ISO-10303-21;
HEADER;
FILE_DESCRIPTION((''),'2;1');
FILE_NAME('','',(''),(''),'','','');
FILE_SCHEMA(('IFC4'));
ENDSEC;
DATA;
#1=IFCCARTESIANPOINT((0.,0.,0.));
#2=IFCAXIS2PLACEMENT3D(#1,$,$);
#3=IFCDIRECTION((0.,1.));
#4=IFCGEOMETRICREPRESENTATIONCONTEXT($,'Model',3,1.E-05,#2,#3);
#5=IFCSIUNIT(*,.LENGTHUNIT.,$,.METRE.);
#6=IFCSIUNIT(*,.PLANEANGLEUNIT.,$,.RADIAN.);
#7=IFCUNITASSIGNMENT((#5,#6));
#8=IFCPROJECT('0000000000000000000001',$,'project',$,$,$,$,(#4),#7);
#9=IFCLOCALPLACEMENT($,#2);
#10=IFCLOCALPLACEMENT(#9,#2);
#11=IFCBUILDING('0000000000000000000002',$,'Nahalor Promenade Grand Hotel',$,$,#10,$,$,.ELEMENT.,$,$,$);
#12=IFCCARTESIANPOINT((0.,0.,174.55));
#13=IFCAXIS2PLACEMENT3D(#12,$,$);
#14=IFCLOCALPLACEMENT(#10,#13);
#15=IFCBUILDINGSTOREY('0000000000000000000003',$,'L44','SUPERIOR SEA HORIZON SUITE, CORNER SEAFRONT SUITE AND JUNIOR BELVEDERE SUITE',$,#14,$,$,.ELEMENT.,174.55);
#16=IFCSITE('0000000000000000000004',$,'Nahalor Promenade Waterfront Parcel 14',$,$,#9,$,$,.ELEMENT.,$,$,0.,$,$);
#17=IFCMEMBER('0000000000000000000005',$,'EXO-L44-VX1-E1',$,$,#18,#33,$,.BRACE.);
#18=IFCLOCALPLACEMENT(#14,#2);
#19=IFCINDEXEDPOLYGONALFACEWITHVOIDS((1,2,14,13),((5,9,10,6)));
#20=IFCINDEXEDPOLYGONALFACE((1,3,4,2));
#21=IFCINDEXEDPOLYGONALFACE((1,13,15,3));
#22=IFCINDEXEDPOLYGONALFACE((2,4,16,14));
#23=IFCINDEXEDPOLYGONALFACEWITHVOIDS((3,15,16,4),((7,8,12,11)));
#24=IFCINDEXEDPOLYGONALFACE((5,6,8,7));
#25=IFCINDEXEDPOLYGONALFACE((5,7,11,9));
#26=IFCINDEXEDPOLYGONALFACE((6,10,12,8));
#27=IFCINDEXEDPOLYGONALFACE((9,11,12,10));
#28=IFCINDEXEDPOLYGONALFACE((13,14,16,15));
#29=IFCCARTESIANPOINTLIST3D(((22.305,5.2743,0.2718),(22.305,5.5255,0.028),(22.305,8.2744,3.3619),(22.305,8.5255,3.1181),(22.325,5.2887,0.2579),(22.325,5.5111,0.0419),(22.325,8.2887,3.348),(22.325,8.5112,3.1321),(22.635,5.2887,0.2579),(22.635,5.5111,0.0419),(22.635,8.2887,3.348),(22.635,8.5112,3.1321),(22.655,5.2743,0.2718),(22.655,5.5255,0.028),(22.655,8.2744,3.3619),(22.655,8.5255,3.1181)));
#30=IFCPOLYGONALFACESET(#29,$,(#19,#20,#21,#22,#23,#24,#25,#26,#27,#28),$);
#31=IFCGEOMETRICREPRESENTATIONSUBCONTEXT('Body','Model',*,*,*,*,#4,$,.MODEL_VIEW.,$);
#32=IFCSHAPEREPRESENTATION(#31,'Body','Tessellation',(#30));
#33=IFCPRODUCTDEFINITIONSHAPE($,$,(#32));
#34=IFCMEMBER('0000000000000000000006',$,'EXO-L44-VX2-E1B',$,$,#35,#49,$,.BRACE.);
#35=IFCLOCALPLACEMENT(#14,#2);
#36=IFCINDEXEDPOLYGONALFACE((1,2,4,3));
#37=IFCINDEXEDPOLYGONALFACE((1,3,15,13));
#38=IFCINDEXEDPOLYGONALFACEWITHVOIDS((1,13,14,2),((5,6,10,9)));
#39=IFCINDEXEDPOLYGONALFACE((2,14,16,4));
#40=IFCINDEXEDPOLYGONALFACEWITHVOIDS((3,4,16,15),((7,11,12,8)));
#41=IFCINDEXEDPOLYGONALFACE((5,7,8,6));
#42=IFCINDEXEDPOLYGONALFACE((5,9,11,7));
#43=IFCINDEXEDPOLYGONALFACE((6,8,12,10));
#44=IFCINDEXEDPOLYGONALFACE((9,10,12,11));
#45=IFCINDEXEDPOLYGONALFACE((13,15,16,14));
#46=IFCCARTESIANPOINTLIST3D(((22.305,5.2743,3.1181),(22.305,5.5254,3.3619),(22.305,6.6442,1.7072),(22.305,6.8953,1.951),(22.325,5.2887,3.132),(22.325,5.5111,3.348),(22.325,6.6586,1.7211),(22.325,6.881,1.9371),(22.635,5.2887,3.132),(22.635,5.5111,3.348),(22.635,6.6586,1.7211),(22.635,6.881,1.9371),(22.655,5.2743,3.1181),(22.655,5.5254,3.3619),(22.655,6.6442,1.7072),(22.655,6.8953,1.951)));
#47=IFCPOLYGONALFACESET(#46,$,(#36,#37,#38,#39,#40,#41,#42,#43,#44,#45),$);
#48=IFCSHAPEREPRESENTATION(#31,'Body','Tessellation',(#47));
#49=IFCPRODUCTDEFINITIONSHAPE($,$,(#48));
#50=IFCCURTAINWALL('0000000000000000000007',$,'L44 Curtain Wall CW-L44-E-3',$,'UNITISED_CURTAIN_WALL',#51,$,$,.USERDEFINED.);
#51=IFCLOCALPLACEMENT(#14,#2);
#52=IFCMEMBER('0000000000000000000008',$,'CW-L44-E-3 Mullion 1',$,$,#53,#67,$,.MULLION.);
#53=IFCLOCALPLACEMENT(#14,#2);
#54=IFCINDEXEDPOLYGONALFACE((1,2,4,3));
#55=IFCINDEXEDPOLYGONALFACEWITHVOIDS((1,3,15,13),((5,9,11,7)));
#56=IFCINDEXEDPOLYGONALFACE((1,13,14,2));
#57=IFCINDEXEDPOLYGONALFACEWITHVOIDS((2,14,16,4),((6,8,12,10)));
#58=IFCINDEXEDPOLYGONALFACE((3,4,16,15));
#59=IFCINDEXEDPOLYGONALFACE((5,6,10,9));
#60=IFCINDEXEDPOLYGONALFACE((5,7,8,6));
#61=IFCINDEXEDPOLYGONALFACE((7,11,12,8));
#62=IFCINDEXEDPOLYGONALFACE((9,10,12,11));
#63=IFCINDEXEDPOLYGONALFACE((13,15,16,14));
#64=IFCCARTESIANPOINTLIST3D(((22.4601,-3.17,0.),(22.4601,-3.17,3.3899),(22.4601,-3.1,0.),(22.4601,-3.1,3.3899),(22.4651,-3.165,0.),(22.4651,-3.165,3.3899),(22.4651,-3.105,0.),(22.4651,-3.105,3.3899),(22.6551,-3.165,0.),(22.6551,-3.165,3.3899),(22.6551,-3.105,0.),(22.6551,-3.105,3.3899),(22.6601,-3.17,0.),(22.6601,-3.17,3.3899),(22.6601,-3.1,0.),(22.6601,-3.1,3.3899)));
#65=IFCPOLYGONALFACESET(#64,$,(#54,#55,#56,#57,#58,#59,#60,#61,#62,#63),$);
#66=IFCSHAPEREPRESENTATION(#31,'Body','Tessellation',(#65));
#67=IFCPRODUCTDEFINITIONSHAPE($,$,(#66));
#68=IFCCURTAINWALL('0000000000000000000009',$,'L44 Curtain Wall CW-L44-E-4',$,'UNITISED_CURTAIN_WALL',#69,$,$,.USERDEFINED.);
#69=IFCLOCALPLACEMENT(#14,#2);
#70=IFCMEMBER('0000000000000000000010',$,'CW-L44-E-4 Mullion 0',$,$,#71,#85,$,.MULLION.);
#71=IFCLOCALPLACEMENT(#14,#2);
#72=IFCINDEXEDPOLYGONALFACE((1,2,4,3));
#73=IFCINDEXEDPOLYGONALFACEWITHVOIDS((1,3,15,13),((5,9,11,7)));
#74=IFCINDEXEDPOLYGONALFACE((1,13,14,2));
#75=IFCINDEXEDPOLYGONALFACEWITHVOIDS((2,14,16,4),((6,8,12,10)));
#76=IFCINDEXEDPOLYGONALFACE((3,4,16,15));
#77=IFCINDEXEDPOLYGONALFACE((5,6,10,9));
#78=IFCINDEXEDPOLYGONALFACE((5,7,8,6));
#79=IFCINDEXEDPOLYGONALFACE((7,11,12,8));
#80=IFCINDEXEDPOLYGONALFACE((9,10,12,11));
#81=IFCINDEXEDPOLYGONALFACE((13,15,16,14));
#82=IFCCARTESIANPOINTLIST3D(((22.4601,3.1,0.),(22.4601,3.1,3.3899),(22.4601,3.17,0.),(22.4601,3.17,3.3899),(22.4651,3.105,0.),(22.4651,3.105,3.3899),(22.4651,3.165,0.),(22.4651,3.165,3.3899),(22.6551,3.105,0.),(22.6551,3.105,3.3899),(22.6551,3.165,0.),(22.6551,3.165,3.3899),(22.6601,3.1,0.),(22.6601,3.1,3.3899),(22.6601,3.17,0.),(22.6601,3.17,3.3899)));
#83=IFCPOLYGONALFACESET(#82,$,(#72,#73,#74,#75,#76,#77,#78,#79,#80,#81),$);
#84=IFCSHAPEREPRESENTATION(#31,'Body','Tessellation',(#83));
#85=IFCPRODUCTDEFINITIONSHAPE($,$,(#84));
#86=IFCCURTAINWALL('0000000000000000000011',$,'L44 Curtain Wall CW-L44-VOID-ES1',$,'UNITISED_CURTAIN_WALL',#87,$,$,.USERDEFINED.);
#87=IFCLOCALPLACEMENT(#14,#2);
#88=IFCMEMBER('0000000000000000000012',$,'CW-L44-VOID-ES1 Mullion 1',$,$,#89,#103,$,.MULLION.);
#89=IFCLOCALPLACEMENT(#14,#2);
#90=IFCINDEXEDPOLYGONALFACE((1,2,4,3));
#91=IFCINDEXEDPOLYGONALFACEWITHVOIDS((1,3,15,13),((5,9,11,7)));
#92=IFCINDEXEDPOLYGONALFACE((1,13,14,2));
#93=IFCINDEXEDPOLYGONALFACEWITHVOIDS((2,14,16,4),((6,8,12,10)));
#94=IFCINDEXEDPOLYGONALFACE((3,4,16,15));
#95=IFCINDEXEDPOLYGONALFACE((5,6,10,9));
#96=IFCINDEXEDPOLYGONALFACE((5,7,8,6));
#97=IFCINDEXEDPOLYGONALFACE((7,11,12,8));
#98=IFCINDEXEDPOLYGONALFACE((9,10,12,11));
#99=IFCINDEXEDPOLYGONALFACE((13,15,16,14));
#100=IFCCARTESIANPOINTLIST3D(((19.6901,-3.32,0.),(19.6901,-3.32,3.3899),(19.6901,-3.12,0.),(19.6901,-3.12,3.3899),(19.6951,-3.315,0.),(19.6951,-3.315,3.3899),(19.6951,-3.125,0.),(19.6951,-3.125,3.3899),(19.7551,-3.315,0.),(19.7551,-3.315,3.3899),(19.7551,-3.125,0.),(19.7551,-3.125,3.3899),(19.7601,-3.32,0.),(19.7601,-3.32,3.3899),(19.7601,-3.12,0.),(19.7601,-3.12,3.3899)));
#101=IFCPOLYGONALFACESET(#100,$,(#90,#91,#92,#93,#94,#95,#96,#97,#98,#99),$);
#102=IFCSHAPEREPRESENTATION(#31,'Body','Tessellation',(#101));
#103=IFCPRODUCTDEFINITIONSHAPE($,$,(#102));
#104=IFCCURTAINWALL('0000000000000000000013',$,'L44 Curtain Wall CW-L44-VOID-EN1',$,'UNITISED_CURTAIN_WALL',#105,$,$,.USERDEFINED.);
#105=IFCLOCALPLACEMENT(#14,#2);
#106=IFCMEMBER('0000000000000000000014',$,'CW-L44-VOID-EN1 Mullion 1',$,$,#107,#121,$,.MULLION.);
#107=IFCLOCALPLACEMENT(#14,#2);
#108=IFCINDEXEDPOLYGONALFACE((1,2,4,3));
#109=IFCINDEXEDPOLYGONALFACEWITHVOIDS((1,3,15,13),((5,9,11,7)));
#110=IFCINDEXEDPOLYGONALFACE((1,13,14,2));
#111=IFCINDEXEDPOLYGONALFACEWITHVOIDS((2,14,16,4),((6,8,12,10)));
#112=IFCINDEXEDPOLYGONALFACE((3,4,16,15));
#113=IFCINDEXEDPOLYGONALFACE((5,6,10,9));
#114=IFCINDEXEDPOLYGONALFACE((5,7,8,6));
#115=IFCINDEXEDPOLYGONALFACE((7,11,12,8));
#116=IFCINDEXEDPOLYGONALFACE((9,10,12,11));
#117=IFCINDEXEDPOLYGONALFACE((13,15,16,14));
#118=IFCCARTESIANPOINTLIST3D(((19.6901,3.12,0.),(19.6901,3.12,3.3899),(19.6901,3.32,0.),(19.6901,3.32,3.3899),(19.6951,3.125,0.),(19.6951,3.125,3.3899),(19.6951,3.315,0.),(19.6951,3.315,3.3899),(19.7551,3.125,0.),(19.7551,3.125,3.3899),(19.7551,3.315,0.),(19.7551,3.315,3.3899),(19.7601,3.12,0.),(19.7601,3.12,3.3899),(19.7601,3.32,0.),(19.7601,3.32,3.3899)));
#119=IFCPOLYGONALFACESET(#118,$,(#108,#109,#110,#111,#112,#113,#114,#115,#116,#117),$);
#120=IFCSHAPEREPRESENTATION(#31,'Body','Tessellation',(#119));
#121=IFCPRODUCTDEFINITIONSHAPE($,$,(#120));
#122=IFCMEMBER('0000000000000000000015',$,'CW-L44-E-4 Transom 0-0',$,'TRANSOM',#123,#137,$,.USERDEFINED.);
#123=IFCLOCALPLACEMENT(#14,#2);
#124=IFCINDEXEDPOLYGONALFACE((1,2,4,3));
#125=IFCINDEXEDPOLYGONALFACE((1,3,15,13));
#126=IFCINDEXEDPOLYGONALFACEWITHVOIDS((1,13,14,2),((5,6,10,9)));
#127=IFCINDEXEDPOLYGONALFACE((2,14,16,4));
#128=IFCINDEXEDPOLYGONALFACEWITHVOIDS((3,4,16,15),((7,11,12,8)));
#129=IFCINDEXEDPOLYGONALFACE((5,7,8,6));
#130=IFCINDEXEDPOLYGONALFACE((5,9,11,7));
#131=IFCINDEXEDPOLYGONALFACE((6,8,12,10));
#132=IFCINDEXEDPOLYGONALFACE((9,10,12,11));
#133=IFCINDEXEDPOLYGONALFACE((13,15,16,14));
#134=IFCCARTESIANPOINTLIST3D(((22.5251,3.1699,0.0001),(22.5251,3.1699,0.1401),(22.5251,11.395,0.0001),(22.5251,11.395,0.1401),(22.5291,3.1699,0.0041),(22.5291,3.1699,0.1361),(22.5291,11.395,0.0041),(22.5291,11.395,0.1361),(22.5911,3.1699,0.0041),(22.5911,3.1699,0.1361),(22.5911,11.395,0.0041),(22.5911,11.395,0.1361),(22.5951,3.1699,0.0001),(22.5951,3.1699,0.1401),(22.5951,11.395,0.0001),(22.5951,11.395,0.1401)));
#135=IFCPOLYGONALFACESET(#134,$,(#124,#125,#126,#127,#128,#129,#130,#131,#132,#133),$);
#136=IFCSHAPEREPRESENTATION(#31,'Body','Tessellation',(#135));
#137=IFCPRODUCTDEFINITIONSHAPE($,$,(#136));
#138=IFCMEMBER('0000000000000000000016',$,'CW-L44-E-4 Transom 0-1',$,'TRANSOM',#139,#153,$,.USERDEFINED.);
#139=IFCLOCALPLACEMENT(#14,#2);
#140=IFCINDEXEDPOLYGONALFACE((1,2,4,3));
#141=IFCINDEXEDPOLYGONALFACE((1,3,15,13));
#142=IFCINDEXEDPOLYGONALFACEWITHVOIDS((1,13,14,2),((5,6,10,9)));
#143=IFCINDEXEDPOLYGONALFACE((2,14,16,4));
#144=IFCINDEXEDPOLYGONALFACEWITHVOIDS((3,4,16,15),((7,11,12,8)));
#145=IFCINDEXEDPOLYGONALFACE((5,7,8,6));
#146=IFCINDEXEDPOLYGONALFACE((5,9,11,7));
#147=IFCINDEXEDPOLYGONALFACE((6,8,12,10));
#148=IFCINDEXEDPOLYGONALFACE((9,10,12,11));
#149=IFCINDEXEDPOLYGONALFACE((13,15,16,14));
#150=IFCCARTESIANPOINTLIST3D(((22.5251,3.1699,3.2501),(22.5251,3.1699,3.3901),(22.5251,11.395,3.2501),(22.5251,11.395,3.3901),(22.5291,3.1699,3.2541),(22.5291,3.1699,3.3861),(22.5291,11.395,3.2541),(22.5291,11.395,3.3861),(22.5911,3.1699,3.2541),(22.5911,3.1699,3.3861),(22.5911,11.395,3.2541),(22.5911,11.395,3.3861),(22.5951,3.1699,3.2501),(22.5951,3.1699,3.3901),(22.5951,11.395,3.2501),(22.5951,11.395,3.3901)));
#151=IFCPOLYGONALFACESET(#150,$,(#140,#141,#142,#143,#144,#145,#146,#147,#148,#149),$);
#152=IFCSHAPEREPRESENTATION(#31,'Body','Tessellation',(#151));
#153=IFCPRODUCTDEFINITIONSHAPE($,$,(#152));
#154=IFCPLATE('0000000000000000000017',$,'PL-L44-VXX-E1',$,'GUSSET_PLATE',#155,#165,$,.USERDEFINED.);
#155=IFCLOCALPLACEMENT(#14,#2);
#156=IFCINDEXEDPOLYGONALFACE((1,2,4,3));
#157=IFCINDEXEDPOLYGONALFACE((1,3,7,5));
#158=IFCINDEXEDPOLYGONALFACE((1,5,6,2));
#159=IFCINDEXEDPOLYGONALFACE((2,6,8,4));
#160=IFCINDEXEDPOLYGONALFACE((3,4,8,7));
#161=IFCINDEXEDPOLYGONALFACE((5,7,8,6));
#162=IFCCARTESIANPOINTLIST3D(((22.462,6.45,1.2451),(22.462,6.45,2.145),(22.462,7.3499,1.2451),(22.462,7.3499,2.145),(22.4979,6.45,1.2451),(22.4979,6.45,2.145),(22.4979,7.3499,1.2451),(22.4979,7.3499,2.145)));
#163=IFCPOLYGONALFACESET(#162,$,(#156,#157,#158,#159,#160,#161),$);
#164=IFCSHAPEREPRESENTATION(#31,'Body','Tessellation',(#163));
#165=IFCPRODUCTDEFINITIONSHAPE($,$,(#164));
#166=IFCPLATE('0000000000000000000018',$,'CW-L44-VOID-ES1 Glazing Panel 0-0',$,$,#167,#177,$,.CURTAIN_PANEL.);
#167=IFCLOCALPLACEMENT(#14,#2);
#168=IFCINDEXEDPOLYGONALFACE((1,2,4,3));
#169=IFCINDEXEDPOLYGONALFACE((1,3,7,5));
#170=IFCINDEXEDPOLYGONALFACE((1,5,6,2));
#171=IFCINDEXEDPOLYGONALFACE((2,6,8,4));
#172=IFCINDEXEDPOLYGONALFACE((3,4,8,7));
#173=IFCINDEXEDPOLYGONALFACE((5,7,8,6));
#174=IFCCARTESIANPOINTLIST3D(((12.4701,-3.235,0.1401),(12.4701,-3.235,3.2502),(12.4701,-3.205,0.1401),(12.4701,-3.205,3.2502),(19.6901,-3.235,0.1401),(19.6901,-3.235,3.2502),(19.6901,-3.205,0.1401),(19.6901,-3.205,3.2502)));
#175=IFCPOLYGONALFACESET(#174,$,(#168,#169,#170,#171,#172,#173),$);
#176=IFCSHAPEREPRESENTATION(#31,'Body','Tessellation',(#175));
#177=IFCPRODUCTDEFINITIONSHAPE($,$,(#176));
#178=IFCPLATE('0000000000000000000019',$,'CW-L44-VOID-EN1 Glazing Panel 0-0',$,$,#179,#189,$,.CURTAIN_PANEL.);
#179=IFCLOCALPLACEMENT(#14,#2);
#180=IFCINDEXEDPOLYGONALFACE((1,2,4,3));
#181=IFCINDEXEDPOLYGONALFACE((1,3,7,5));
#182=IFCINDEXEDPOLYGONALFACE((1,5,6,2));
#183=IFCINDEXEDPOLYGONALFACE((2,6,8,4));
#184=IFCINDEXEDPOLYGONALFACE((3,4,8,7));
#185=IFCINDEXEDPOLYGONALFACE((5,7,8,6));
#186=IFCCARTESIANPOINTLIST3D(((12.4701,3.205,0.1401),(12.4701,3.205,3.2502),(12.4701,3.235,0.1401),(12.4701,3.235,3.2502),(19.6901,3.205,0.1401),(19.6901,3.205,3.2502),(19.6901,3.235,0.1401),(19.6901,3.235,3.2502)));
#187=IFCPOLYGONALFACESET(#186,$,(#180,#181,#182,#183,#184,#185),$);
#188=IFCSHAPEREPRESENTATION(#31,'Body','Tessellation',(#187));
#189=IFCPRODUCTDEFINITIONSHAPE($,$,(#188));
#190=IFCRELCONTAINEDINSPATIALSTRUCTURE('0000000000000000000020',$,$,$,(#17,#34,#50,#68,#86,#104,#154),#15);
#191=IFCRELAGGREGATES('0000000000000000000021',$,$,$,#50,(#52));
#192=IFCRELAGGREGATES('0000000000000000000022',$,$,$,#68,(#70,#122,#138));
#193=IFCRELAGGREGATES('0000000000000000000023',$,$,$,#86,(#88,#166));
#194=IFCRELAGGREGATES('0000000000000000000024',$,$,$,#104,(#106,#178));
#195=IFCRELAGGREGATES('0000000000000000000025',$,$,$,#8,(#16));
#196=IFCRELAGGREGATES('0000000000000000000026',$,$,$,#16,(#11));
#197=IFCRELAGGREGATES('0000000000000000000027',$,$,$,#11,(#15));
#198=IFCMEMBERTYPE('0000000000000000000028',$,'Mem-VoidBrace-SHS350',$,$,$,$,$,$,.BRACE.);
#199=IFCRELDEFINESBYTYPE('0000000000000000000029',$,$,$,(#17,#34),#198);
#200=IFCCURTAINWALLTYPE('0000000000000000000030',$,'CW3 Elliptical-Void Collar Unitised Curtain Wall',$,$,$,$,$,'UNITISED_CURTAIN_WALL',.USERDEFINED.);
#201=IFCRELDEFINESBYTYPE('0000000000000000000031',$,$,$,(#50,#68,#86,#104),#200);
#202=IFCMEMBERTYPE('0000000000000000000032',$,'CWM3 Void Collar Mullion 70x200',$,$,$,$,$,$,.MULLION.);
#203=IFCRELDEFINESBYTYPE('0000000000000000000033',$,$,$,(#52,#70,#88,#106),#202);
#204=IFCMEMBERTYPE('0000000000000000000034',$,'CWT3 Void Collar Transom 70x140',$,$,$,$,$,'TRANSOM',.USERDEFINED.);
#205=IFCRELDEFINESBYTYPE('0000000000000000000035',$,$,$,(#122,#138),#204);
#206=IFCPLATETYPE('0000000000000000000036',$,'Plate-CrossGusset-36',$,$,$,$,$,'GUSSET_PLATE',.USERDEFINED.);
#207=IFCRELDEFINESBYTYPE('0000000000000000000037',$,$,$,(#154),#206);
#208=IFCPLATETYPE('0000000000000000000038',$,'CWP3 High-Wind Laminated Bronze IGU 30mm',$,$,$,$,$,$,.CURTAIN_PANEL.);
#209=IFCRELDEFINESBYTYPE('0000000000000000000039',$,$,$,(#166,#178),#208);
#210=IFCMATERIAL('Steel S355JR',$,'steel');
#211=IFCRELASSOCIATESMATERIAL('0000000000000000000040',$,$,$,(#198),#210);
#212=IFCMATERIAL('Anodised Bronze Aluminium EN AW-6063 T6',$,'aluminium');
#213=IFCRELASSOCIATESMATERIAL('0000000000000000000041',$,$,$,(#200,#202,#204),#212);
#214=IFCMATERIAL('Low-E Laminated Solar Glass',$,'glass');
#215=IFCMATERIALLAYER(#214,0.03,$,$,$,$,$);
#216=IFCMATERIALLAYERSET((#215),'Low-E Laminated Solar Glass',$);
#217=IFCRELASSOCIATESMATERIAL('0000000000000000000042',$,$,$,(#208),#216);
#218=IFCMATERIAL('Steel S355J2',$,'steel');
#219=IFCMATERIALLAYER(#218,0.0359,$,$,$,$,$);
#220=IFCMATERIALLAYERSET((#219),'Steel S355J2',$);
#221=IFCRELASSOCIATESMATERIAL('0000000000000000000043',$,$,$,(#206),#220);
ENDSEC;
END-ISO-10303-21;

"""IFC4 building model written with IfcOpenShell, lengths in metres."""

from ifc_helpers import new_model, si_unit, direction, frame, origin, origin_2d, place, context, subcontext, project, spatial, rectangle, hollow_rectangle, extrude, source, transform, mapped, material, layer, layer_set, material_profile, profile_set, type_object, element, aggregate, save


model = new_model("IFC4")

# Units and contexts
model_context = context("Model", 3, precision=1e-05, world=origin(), true_north=direction((0.0, 1.0)))
body_context = subcontext(model_context, "Body", "Model", "MODEL_VIEW")
ifc_project = project(units=[si_unit("LENGTHUNIT", "METRE"), si_unit("PLANEANGLEUNIT", "RADIAN")], contexts=[model_context])

# Site, building, storey
site_placement = place(None, origin())
site = spatial("IfcSite", under=ifc_project, at=site_placement, Name="Nahalor Promenade Waterfront Parcel 14", CompositionType="ELEMENT", RefElevation=0.0)
building_placement = place(site_placement, origin())
building = spatial("IfcBuilding", under=site, at=building_placement, Name="Nahalor Promenade Grand Hotel", CompositionType="ELEMENT")
storey_placement = place(building_placement, frame((0.0, 0.0, 174.55)))
storey = spatial("IfcBuildingStorey", under=building, at=storey_placement, Name="L44", Description="SUPERIOR SEA HORIZON SUITE, CORNER SEAFRONT SUITE AND JUNIOR BELVEDERE SUITE", CompositionType="ELEMENT", Elevation=174.55)

# Shared definitions
ifc_material_1 = material(Name="Steel S355J2", Category="steel")

# Shared definitions
ifc_material_2 = material(Name="Steel S355JR", Category="steel")

# Members
ifc_material_profile_1 = material_profile(ifc_material_2, hollow_rectangle(XDim=0.35, YDim=0.35, WallThickness=0.02, at=origin_2d()), Name="SHS 350x350x20")
ifc_profile_set_1 = profile_set([ifc_material_profile_1], Name="Steel S355JR")
member_type_1 = type_object("IfcMemberType", Name="Mem-VoidBrace-SHS350", PredefinedType="BRACE", material=ifc_profile_set_1)
shared_shape_1 = source(origin(), body_context, "Body", "SweptSolid", [
    extrude(hollow_rectangle(XDim=0.35, YDim=0.35, WallThickness=0.02, at=origin_2d()), origin(), (0.0, 0.0, 1.0), 4.3069),
])
member_1_placement = place(storey_placement, frame((22.48, 5.3999, 0.1499), z_axis=(0.0, 0.696571, 0.717488), x_axis=(-1.0, 0.0, 0.0)))
element("IfcMember", 1, at=member_1_placement, inside=storey, type_object=member_type_1, Name="EXO-L44-VX1-E1", PredefinedType="BRACE", context=body_context, shape_type="MappedRepresentation", body=[
    mapped(shared_shape_1, transform((0.0, 0.0, 0.0), scale=1.0)),
])
shared_shape_2 = source(origin(), body_context, "Body", "SweptSolid", [
    extrude(hollow_rectangle(XDim=0.35, YDim=0.35, WallThickness=0.02, at=origin_2d()), origin(), (0.0, 0.0, 1.0), 1.9666),
])
member_2_placement = place(storey_placement, frame((22.48, 6.7698, 1.8291), z_axis=(0.0, -0.696601, 0.717458), x_axis=(1.0, 0.0, 0.0)))
element("IfcMember", 2, at=member_2_placement, inside=storey, type_object=member_type_1, Name="EXO-L44-VX2-E1B", PredefinedType="BRACE", context=body_context, shape_type="MappedRepresentation", body=[
    mapped(shared_shape_2, transform((0.0, 0.0, 0.0), scale=1.0)),
])

# Curtain walls, members
ifc_material_3 = material(Name="Anodised Bronze Aluminium EN AW-6063 T6", Category="aluminium")
curtain_wall_type = type_object("IfcCurtainWallType", Name="CW3 Elliptical-Void Collar Unitised Curtain Wall", ElementType="UNITISED_CURTAIN_WALL", PredefinedType="USERDEFINED", material=ifc_material_3)
curtain_wall_1_placement = place(storey_placement, origin())
curtain_wall_1 = element("IfcCurtainWall", 3, at=curtain_wall_1_placement, inside=storey, type_object=curtain_wall_type, Name="L44 Curtain Wall CW-L44-E-3", ObjectType="UNITISED_CURTAIN_WALL", PredefinedType="USERDEFINED")
ifc_material_profile_2 = material_profile(ifc_material_3, hollow_rectangle(XDim=0.07, YDim=0.2, WallThickness=0.005, at=origin_2d()), Name="CWM 70x200x5")
ifc_profile_set_2 = profile_set([ifc_material_profile_2], Name="Anodised Bronze Aluminium EN AW-6063 T6")
member_type_2 = type_object("IfcMemberType", Name="CWM3 Void Collar Mullion 70x200", PredefinedType="MULLION", material=ifc_profile_set_2)
shared_shape_3 = source(origin(), body_context, "Body", "SweptSolid", [
    extrude(hollow_rectangle(XDim=0.07, YDim=0.2, WallThickness=0.005, at=origin_2d()), origin(), (0.0, 0.0, 1.0), 3.3899),
])
member_3_placement = place(storey_placement, frame((22.5601, -3.135, 0.0), z_axis=(0.0, 0.0, 1.0), x_axis=(0.0, 1.0, 0.0)))
member_3 = element("IfcMember", 4, at=member_3_placement, type_object=member_type_2, Name="CW-L44-E-3 Mullion 1", PredefinedType="MULLION", context=body_context, shape_type="MappedRepresentation", body=[
    mapped(shared_shape_3, transform((0.0, 0.0, 0.0), scale=1.0)),
])
aggregate(curtain_wall_1, [member_3])
curtain_wall_2_placement = place(storey_placement, origin())
curtain_wall_2 = element("IfcCurtainWall", 5, at=curtain_wall_2_placement, inside=storey, type_object=curtain_wall_type, Name="L44 Curtain Wall CW-L44-E-4", ObjectType="UNITISED_CURTAIN_WALL", PredefinedType="USERDEFINED")
member_4_placement = place(storey_placement, frame((22.5601, 3.135, 0.0), z_axis=(0.0, 0.0, 1.0), x_axis=(0.0, 1.0, 0.0)))
member_4 = element("IfcMember", 6, at=member_4_placement, type_object=member_type_2, Name="CW-L44-E-4 Mullion 0", PredefinedType="MULLION", context=body_context, shape_type="MappedRepresentation", body=[
    mapped(shared_shape_3, transform((0.0, 0.0, 0.0), scale=1.0)),
])
curtain_wall_3_placement = place(storey_placement, origin())
curtain_wall_3 = element("IfcCurtainWall", 7, at=curtain_wall_3_placement, inside=storey, type_object=curtain_wall_type, Name="L44 Curtain Wall CW-L44-VOID-ES1", ObjectType="UNITISED_CURTAIN_WALL", PredefinedType="USERDEFINED")
member_5_placement = place(storey_placement, frame((19.7251, -3.22, 0.0), z_axis=(0.0, 0.0, 1.0), x_axis=(1.0, 0.0, 0.0)))
member_5 = element("IfcMember", 8, at=member_5_placement, type_object=member_type_2, Name="CW-L44-VOID-ES1 Mullion 1", PredefinedType="MULLION", context=body_context, shape_type="MappedRepresentation", body=[
    mapped(shared_shape_3, transform((0.0, 0.0, 0.0), scale=1.0)),
])
curtain_wall_4_placement = place(storey_placement, origin())
curtain_wall_4 = element("IfcCurtainWall", 9, at=curtain_wall_4_placement, inside=storey, type_object=curtain_wall_type, Name="L44 Curtain Wall CW-L44-VOID-EN1", ObjectType="UNITISED_CURTAIN_WALL", PredefinedType="USERDEFINED")
member_6_placement = place(storey_placement, frame((19.7251, 3.22, 0.0), z_axis=(0.0, 0.0, 1.0), x_axis=(1.0, 0.0, 0.0)))
member_6 = element("IfcMember", 10, at=member_6_placement, type_object=member_type_2, Name="CW-L44-VOID-EN1 Mullion 1", PredefinedType="MULLION", context=body_context, shape_type="MappedRepresentation", body=[
    mapped(shared_shape_3, transform((0.0, 0.0, 0.0), scale=1.0)),
])

# Members
ifc_material_profile_3 = material_profile(ifc_material_3, hollow_rectangle(XDim=0.07, YDim=0.14, WallThickness=0.004, at=origin_2d()), Name="CWT 70x140x4")
ifc_profile_set_3 = profile_set([ifc_material_profile_3], Name="Anodised Bronze Aluminium EN AW-6063 T6")
member_type_3 = type_object("IfcMemberType", Name="CWT3 Void Collar Transom 70x140", ElementType="TRANSOM", PredefinedType="USERDEFINED", material=ifc_profile_set_3)
shared_shape_4 = source(origin(), body_context, "Body", "SweptSolid", [
    extrude(hollow_rectangle(XDim=0.07, YDim=0.14, WallThickness=0.004, at=origin_2d()), origin(), (0.0, 0.0, 1.0), 8.2251),
])
member_7_placement = place(storey_placement, frame((22.5601, 3.1699, 0.0701), z_axis=(0.0, 1.0, 0.0), x_axis=(-1.0, 0.0, 0.0)))
member_7 = element("IfcMember", 11, at=member_7_placement, type_object=member_type_3, Name="CW-L44-E-4 Transom 0-0", ObjectType="TRANSOM", PredefinedType="USERDEFINED", context=body_context, shape_type="MappedRepresentation", body=[
    mapped(shared_shape_4, transform((0.0, 0.0, 0.0), scale=1.0)),
])
member_8_placement = place(storey_placement, frame((22.5601, 3.1699, 3.3201), z_axis=(0.0, 1.0, 0.0), x_axis=(-1.0, 0.0, 0.0)))
member_8 = element("IfcMember", 12, at=member_8_placement, type_object=member_type_3, Name="CW-L44-E-4 Transom 0-1", ObjectType="TRANSOM", PredefinedType="USERDEFINED", context=body_context, shape_type="MappedRepresentation", body=[
    mapped(shared_shape_4, transform((0.0, 0.0, 0.0), scale=1.0)),
])

# Plates
ifc_material_4 = material(Name="Low-E Laminated Solar Glass", Category="glass")
ifc_layer_1 = layer(ifc_material_4, 0.03)
ifc_layer_set_1 = layer_set([ifc_layer_1], Name="Low-E Laminated Solar Glass")
plate_type_1 = type_object("IfcPlateType", Name="CWP3 High-Wind Laminated Bronze IGU 30mm", PredefinedType="CURTAIN_PANEL", material=ifc_layer_set_1)
aggregate(curtain_wall_2, [member_4, member_7, member_8])
ifc_layer_2 = layer(ifc_material_1, 0.0359)
ifc_layer_set_2 = layer_set([ifc_layer_2], Name="Steel S355J2")
plate_type_2 = type_object("IfcPlateType", Name="Plate-CrossGusset-36", ElementType="GUSSET_PLATE", PredefinedType="USERDEFINED", material=ifc_layer_set_2)
shared_shape_5 = source(origin(), body_context, "Body", "SweptSolid", [
    extrude(rectangle(XDim=0.8999, YDim=0.0359, at=origin_2d()), origin(), (0.0, 0.0, 1.0), 0.8999),
])
plate_1_placement = place(storey_placement, frame((22.48, 6.8999, 1.2451), z_axis=(0.0, 0.0, 1.0), x_axis=(0.0, 1.0, 0.0)))
element("IfcPlate", 13, at=plate_1_placement, inside=storey, type_object=plate_type_2, Name="PL-L44-VXX-E1", ObjectType="GUSSET_PLATE", PredefinedType="USERDEFINED", context=body_context, shape_type="MappedRepresentation", body=[
    mapped(shared_shape_5, transform((0.0, 0.0, 0.0), scale=1.0)),
])
shared_shape_6 = source(origin(), body_context, "Body", "SweptSolid", [
    extrude(rectangle(XDim=7.22, YDim=0.03, at=origin_2d()), origin(), (0.0, 0.0, 1.0), 3.1101),
])
plate_2_placement = place(storey_placement, frame((16.0801, -3.22, 0.1401), z_axis=(0.0, 0.0, 1.0), x_axis=(1.0, 0.0, 0.0)))
plate_2 = element("IfcPlate", 14, at=plate_2_placement, type_object=plate_type_1, Name="CW-L44-VOID-ES1 Glazing Panel 0-0", PredefinedType="CURTAIN_PANEL", context=body_context, shape_type="MappedRepresentation", body=[
    mapped(shared_shape_6, transform((0.0, 0.0, 0.0), scale=1.0)),
])
aggregate(curtain_wall_3, [member_5, plate_2])
plate_3_placement = place(storey_placement, frame((16.0801, 3.22, 0.1401), z_axis=(0.0, 0.0, 1.0), x_axis=(1.0, 0.0, 0.0)))
plate_3 = element("IfcPlate", 15, at=plate_3_placement, type_object=plate_type_1, Name="CW-L44-VOID-EN1 Glazing Panel 0-0", PredefinedType="CURTAIN_PANEL", context=body_context, shape_type="MappedRepresentation", body=[
    mapped(shared_shape_6, transform((0.0, 0.0, 0.0), scale=1.0)),
])
aggregate(curtain_wall_4, [member_6, plate_3])

save(model, "model.ifc")
